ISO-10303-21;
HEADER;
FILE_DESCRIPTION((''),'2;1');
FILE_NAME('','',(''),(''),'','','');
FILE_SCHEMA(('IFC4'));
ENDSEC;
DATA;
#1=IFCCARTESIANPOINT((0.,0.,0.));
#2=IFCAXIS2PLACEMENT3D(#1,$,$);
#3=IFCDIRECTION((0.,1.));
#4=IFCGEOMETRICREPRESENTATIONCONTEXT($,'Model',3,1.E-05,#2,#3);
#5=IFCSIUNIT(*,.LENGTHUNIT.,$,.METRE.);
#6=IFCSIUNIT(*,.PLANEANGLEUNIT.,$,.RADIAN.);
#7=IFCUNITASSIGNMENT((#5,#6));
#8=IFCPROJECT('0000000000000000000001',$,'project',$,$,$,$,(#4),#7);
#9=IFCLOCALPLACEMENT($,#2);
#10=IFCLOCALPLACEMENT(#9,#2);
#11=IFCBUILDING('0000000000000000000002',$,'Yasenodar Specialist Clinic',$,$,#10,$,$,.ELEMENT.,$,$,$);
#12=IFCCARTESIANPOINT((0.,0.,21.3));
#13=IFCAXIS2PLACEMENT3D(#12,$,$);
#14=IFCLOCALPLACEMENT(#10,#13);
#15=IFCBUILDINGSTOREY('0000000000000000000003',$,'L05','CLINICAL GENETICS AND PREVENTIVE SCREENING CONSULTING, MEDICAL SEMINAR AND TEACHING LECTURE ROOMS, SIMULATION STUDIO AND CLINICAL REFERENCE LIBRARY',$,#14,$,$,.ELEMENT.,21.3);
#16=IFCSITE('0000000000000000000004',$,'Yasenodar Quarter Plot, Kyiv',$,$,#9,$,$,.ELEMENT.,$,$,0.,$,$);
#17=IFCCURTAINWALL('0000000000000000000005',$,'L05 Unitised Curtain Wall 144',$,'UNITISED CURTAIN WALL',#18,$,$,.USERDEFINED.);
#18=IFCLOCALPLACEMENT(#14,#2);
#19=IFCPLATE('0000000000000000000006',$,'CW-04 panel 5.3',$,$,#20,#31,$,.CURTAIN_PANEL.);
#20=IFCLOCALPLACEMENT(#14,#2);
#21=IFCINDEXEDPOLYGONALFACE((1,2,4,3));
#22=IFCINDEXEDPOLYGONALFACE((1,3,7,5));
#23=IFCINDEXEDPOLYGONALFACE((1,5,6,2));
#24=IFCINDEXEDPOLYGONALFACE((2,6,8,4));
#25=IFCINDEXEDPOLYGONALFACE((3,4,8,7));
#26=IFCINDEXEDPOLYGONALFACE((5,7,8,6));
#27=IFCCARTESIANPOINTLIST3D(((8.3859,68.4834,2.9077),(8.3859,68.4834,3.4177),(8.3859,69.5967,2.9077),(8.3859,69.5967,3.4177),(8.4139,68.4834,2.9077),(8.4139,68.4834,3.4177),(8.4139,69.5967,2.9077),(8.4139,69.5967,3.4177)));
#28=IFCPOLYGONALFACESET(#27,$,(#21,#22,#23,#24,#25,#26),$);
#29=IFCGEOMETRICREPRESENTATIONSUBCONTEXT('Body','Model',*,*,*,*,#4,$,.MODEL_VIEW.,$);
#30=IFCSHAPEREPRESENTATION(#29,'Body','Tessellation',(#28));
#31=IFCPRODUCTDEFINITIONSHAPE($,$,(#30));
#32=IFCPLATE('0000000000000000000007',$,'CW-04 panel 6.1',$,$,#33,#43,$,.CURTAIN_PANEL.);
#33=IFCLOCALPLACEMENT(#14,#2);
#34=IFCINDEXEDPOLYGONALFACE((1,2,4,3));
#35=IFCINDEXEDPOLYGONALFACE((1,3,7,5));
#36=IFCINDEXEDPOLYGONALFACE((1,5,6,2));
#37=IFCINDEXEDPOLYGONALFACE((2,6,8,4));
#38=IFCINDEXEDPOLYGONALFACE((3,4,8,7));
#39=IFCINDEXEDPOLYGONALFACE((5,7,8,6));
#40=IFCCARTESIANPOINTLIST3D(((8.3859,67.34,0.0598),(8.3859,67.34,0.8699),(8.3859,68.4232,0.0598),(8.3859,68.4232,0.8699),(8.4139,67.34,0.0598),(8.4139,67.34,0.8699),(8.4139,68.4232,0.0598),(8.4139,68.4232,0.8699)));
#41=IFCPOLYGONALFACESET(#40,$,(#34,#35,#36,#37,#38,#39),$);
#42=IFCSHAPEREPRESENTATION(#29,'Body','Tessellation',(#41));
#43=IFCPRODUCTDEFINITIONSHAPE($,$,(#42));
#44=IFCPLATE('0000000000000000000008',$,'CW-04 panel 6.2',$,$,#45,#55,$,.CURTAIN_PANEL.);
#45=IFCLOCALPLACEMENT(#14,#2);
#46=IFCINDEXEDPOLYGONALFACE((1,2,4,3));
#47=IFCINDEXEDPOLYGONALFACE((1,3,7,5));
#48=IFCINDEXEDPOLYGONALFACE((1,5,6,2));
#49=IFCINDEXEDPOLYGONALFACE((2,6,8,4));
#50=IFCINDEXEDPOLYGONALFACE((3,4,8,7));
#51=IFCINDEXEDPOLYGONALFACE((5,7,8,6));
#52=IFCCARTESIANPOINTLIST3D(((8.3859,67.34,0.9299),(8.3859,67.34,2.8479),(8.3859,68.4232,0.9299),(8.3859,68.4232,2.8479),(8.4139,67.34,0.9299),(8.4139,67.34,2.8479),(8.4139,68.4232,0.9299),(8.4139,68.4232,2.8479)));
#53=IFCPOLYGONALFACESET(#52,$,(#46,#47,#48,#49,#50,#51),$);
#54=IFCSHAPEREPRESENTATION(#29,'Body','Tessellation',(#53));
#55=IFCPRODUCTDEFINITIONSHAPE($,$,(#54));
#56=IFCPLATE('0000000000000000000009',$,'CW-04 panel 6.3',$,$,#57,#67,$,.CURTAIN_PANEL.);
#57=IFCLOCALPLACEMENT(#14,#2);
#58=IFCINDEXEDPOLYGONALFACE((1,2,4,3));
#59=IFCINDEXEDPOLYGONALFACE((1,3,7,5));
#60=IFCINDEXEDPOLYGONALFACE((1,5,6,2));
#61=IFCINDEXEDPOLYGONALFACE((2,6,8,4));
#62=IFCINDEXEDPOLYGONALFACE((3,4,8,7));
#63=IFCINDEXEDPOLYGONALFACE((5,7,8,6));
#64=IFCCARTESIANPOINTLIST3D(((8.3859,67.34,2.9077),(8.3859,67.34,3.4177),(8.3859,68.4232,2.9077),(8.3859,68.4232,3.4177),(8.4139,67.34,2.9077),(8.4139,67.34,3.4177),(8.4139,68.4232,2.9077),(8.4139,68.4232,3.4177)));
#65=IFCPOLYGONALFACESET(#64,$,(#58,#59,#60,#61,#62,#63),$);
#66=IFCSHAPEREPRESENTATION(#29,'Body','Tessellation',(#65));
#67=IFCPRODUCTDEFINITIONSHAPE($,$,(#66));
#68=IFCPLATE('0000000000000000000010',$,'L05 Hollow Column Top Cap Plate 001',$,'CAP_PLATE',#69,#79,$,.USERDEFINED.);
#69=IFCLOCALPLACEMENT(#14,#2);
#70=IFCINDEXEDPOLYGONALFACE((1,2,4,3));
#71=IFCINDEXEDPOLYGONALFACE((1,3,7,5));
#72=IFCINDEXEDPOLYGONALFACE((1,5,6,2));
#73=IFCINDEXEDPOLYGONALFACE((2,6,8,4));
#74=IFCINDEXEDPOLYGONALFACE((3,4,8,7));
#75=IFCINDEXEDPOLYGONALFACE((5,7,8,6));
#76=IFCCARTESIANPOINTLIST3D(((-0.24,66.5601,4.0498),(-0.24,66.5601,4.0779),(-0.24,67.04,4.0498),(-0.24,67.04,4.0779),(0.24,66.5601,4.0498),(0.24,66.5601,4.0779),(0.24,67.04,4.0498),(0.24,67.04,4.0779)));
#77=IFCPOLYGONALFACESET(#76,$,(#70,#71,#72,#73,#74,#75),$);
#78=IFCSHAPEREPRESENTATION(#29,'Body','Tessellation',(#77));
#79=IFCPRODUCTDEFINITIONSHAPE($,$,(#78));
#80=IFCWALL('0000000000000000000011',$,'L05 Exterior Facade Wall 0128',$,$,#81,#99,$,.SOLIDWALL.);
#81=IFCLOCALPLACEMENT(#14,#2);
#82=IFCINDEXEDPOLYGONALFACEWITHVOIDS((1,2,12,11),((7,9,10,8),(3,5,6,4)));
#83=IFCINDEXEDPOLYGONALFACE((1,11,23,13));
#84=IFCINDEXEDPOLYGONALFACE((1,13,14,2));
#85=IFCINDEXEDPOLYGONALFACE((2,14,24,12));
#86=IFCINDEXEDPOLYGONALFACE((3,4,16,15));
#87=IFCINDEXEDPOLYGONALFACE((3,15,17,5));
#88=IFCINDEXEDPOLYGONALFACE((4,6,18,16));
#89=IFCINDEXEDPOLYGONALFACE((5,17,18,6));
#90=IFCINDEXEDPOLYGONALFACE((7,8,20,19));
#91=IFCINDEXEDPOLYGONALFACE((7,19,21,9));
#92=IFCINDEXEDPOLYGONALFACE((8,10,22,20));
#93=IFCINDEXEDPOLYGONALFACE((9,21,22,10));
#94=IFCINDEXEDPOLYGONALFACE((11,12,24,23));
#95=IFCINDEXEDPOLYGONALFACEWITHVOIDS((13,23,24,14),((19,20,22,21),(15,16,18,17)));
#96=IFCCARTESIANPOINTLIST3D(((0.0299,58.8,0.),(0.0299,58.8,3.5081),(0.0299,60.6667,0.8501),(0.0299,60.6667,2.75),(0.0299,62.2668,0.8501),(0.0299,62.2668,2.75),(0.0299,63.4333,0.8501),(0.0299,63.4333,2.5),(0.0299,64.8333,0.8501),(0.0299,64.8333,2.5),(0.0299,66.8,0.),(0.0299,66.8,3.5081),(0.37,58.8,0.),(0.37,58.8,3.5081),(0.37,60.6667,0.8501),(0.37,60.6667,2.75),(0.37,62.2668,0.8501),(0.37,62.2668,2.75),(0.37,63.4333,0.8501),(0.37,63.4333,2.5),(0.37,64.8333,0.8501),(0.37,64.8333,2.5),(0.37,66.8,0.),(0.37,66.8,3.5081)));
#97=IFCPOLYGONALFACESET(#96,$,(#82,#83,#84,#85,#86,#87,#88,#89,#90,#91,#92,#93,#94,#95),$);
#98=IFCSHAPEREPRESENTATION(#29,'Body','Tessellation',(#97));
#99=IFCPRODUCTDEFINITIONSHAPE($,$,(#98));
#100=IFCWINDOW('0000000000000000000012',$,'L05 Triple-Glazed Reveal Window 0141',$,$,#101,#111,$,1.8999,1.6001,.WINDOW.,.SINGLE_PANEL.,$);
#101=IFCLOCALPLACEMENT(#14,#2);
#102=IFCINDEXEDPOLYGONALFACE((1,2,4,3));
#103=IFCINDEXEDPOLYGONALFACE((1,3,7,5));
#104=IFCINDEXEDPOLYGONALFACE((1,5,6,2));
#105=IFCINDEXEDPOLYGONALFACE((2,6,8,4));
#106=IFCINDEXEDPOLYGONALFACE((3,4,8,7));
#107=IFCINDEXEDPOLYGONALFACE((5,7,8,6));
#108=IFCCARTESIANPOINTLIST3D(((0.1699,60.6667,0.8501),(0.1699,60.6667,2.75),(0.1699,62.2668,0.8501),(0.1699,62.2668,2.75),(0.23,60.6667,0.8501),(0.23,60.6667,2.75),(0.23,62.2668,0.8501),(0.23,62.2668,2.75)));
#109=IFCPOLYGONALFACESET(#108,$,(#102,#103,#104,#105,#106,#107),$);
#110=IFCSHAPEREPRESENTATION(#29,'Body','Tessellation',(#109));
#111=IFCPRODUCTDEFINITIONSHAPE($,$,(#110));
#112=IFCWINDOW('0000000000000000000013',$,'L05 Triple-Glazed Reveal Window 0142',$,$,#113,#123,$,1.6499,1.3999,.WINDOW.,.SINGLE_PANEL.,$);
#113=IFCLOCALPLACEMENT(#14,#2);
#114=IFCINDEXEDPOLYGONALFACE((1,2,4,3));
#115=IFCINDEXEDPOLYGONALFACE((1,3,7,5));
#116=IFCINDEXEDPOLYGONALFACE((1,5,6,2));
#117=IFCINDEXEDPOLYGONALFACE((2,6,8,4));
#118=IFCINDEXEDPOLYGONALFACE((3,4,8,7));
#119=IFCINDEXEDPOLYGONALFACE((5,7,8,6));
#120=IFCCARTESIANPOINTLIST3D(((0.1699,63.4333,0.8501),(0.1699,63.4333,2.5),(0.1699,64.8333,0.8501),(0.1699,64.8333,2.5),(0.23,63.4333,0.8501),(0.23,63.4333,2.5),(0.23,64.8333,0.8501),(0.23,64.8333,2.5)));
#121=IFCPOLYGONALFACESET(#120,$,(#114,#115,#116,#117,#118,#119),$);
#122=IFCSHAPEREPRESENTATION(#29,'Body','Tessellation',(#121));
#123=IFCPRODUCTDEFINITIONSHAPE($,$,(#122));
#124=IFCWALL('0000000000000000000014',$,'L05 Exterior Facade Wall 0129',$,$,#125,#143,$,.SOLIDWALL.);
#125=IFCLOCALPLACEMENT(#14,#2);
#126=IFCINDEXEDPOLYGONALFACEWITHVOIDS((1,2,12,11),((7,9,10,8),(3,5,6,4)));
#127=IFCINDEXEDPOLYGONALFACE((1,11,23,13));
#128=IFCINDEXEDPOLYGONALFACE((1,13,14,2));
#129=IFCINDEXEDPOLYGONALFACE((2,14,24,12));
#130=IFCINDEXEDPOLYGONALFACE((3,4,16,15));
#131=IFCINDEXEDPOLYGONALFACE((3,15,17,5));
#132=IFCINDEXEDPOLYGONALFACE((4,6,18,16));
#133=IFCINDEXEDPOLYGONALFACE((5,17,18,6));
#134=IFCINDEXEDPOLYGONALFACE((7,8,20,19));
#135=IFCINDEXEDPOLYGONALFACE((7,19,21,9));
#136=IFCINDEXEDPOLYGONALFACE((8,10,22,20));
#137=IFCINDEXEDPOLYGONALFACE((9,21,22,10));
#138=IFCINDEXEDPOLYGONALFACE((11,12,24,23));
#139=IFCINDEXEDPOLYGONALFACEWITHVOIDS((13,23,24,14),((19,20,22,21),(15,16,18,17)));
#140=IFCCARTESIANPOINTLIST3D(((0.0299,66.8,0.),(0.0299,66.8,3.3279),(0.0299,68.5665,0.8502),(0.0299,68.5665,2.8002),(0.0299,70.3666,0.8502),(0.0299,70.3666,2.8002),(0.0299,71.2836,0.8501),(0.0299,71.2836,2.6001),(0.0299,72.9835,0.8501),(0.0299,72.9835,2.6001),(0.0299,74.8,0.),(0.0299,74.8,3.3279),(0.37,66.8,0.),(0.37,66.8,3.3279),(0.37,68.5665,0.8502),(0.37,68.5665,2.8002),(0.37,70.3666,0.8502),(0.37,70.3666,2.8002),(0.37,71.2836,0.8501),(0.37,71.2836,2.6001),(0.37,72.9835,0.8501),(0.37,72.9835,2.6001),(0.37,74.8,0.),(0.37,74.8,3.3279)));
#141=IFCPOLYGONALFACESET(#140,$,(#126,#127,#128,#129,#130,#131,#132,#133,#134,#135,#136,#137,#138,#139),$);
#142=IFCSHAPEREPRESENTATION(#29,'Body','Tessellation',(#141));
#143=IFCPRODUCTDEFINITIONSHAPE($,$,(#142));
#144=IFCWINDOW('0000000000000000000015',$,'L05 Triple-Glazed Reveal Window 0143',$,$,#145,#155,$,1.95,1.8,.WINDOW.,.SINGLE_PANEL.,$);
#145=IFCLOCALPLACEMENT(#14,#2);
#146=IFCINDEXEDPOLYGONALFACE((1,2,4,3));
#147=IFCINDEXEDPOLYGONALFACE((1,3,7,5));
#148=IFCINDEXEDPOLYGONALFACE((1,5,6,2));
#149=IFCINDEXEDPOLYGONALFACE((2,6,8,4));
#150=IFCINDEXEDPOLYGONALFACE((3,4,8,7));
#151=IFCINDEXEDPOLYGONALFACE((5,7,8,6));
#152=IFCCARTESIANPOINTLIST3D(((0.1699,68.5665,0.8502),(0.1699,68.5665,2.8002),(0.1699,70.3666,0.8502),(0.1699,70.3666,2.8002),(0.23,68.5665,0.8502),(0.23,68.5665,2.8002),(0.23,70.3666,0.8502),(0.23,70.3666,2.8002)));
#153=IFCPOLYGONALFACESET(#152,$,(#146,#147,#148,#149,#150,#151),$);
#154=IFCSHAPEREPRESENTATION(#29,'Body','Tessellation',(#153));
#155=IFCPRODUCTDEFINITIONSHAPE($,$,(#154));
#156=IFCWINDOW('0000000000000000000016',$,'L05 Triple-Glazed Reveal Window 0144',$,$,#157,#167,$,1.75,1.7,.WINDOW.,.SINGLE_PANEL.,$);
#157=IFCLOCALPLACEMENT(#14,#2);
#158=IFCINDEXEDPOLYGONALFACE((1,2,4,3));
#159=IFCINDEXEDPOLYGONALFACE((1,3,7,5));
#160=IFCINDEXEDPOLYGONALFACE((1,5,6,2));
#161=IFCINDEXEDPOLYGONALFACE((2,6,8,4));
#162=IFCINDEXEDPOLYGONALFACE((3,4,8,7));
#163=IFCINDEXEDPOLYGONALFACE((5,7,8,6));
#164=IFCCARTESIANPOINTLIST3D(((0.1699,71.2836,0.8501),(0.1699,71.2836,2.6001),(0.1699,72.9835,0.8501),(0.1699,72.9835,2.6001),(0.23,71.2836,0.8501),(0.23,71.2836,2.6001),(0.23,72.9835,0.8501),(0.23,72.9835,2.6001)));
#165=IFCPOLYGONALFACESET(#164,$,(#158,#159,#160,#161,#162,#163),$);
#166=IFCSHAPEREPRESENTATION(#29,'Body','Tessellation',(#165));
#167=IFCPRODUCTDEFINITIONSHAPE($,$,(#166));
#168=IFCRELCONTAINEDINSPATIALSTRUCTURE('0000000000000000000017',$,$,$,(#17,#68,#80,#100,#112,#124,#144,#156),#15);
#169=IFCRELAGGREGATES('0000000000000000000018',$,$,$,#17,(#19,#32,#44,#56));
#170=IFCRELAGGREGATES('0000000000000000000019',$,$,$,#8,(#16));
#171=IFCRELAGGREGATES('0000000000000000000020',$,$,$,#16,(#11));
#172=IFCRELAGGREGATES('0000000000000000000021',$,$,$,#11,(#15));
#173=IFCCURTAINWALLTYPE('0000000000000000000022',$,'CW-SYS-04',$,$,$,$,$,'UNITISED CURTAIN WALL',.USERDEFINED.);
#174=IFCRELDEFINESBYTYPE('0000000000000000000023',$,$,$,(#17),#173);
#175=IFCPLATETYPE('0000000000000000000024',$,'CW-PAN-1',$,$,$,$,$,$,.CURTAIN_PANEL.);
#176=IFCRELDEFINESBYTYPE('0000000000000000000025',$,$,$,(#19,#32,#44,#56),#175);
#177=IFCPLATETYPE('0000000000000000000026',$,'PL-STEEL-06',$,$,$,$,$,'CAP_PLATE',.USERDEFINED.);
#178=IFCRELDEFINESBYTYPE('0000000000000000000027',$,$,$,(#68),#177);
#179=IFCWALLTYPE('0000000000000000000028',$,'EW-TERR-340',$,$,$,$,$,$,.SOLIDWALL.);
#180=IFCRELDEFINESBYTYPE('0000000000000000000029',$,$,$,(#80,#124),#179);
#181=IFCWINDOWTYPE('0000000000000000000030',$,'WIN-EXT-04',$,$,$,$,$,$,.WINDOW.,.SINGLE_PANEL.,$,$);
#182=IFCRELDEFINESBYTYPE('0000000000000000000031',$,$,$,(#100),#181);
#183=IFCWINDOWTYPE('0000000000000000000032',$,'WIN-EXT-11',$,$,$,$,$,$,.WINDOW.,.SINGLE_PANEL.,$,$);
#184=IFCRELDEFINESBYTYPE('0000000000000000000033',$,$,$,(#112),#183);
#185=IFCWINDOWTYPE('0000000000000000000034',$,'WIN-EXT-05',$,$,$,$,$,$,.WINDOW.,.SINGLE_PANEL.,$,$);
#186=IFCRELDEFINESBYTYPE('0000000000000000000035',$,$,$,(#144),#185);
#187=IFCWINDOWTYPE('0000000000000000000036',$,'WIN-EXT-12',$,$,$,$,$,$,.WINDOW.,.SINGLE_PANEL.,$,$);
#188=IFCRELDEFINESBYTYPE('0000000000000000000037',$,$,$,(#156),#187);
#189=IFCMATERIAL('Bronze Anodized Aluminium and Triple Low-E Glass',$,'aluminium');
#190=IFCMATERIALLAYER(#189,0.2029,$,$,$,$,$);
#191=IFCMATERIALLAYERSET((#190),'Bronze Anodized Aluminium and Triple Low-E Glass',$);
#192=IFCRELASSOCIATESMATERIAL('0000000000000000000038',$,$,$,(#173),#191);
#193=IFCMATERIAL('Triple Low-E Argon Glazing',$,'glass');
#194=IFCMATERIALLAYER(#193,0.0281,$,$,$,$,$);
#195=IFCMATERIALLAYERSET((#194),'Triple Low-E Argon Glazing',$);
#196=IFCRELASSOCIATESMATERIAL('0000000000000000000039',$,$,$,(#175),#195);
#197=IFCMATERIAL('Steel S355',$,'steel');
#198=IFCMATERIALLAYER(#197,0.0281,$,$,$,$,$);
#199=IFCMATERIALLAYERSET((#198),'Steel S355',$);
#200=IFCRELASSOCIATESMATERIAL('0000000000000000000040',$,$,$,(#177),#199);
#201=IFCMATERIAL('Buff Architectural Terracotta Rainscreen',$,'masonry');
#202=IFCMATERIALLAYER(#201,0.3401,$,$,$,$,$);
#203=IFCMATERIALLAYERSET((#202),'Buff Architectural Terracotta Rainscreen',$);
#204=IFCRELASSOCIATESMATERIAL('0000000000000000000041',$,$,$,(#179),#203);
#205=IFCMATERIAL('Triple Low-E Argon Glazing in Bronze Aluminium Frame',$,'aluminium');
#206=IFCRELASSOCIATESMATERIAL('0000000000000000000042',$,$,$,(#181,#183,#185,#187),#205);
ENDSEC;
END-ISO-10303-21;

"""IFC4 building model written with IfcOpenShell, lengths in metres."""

from ifc_helpers import new_model, si_unit, direction, frame, frame_2d, origin, origin_2d, place, context, subcontext, project, spatial, rectangle, extrude, material, layer, layer_set, type_object, element, fill, aggregate, save


model = new_model("IFC4")

# Units and contexts
model_context = context("Model", 3, precision=1e-05, world=origin(), true_north=direction((0.0, 1.0)))
body_context = subcontext(model_context, "Body", "Model", "MODEL_VIEW")
ifc_project = project(units=[si_unit("LENGTHUNIT", "METRE"), si_unit("PLANEANGLEUNIT", "RADIAN")], contexts=[model_context])

# Site, building, storey
site_placement = place(None, origin())
site = spatial("IfcSite", under=ifc_project, at=site_placement, Name="Yasenodar Quarter Plot, Kyiv", CompositionType="ELEMENT", RefElevation=0.0)
building_placement = place(site_placement, origin())
building = spatial("IfcBuilding", under=site, at=building_placement, Name="Yasenodar Specialist Clinic", CompositionType="ELEMENT")
storey_placement = place(building_placement, frame((0.0, 0.0, 21.3)))
storey = spatial("IfcBuildingStorey", under=building, at=storey_placement, Name="L05", Description="CLINICAL GENETICS AND PREVENTIVE SCREENING CONSULTING, MEDICAL SEMINAR AND TEACHING LECTURE ROOMS, SIMULATION STUDIO AND CLINICAL REFERENCE LIBRARY", CompositionType="ELEMENT", Elevation=21.3)

# Shared definitions
ifc_material_1 = material(Name="Steel S355", Category="steel")

# Curtain wall
ifc_material_2 = material(Name="Bronze Anodized Aluminium and Triple Low-E Glass", Category="aluminium")
ifc_layer_1 = layer(ifc_material_2, 0.2029)
ifc_layer_set_1 = layer_set([ifc_layer_1], Name="Bronze Anodized Aluminium and Triple Low-E Glass")
curtain_wall_type = type_object("IfcCurtainWallType", Name="CW-SYS-04", ElementType="UNITISED CURTAIN WALL", PredefinedType="USERDEFINED", material=ifc_layer_set_1)
curtain_wall_placement = place(storey_placement, origin())
curtain_wall = element("IfcCurtainWall", 1, at=curtain_wall_placement, inside=storey, type_object=curtain_wall_type, Name="L05 Unitised Curtain Wall 144", ObjectType="UNITISED CURTAIN WALL", PredefinedType="USERDEFINED")

# Plates
ifc_material_3 = material(Name="Triple Low-E Argon Glazing", Category="glass")
ifc_layer_2 = layer(ifc_material_3, 0.0281)
ifc_layer_set_2 = layer_set([ifc_layer_2], Name="Triple Low-E Argon Glazing")
plate_type_1 = type_object("IfcPlateType", Name="CW-PAN-1", PredefinedType="CURTAIN_PANEL", material=ifc_layer_set_2)
plate_1_placement = place(storey_placement, frame((8.3999, 69.04, 2.9077), z_axis=(0.0, 0.0, 1.0), x_axis=(0.0, -1.0, 0.0)))
plate_1 = element("IfcPlate", 2, at=plate_1_placement, type_object=plate_type_1, Name="CW-04 panel 5.3", PredefinedType="CURTAIN_PANEL", context=body_context, shape_type="SweptSolid", body=[
    extrude(rectangle(XDim=1.1133, YDim=0.0281, at=origin_2d()), origin(), (0.0, 0.0, 1.0), 0.51),
])
plate_2_placement = place(storey_placement, frame((8.3999, 67.8816, 0.0598), z_axis=(0.0, 0.0, 1.0), x_axis=(0.0, -1.0, 0.0)))
plate_2 = element("IfcPlate", 3, at=plate_2_placement, type_object=plate_type_1, Name="CW-04 panel 6.1", PredefinedType="CURTAIN_PANEL", context=body_context, shape_type="SweptSolid", body=[
    extrude(rectangle(XDim=1.0833, YDim=0.0281, at=origin_2d()), origin(), (0.0, 0.0, 1.0), 0.8101),
])
plate_3_placement = place(storey_placement, frame((8.3999, 67.8816, 0.9299), z_axis=(0.0, 0.0, 1.0), x_axis=(0.0, -1.0, 0.0)))
plate_3 = element("IfcPlate", 4, at=plate_3_placement, type_object=plate_type_1, Name="CW-04 panel 6.2", PredefinedType="CURTAIN_PANEL", context=body_context, shape_type="SweptSolid", body=[
    extrude(rectangle(XDim=1.0833, YDim=0.0281, at=origin_2d()), origin(), (0.0, 0.0, 1.0), 1.918),
])
plate_4_placement = place(storey_placement, frame((8.3999, 67.8816, 2.9077), z_axis=(0.0, 0.0, 1.0), x_axis=(0.0, -1.0, 0.0)))
plate_4 = element("IfcPlate", 5, at=plate_4_placement, type_object=plate_type_1, Name="CW-04 panel 6.3", PredefinedType="CURTAIN_PANEL", context=body_context, shape_type="SweptSolid", body=[
    extrude(rectangle(XDim=1.0833, YDim=0.0281, at=origin_2d()), origin(), (0.0, 0.0, 1.0), 0.51),
])
aggregate(curtain_wall, [plate_1, plate_2, plate_3, plate_4])
ifc_layer_3 = layer(ifc_material_1, 0.0281)
ifc_layer_set_3 = layer_set([ifc_layer_3], Name="Steel S355")
plate_type_2 = type_object("IfcPlateType", Name="PL-STEEL-06", ElementType="CAP_PLATE", PredefinedType="USERDEFINED", material=ifc_layer_set_3)
plate_5_placement = place(storey_placement, frame((0.0, 66.8, 4.0498), z_axis=(0.0, 0.0, 1.0), x_axis=(1.0, 0.0, 0.0)))
element("IfcPlate", 6, at=plate_5_placement, inside=storey, type_object=plate_type_2, Name="L05 Hollow Column Top Cap Plate 001", ObjectType="CAP_PLATE", PredefinedType="USERDEFINED", context=body_context, shape_type="SweptSolid", body=[
    extrude(rectangle(XDim=0.48, YDim=0.48, at=origin_2d()), origin(), (0.0, 0.0, 1.0), 0.0281),
])

# Walls, openings, windows
ifc_material_4 = material(Name="Buff Architectural Terracotta Rainscreen", Category="masonry")
ifc_layer_4 = layer(ifc_material_4, 0.3401)
ifc_layer_set_4 = layer_set([ifc_layer_4], Name="Buff Architectural Terracotta Rainscreen")
wall_type = type_object("IfcWallType", Name="EW-TERR-340", PredefinedType="SOLIDWALL", material=ifc_layer_set_4)
wall_1_placement = place(storey_placement, frame((0.2, 58.8, 0.0), z_axis=(0.0, 0.0, 1.0), x_axis=(0.0, 1.0, 0.0)))
wall_1 = element("IfcWall", 7, at=wall_1_placement, inside=storey, type_object=wall_type, Name="L05 Exterior Facade Wall 0128", PredefinedType="SOLIDWALL", context=body_context, shape_type="SweptSolid", body=[
    extrude(rectangle(XDim=8.0, YDim=0.3401, at=frame_2d((4.0, 0.0))), origin(), (0.0, 0.0, 1.0), 3.5081),
])
opening_1_placement = place(wall_1_placement, frame((1.8667, 0.0, 0.8501)))
opening_1 = element("IfcOpeningElement", 8, at=opening_1_placement, cuts=wall_1, PredefinedType="OPENING", context=body_context, shape_type="SweptSolid", body=[
    extrude(rectangle(XDim=1.6001, YDim=1.8999, at=frame_2d((0.8, 0.95))), frame((0.0, 0.1802, 0.0), z_axis=(0.0, -1.0, 0.0), x_axis=(1.0, 0.0, 0.0)), (0.0, 0.0, 1.0), 0.3601),
])
opening_2_placement = place(wall_1_placement, frame((4.6333, 0.0, 0.8501)))
opening_2 = element("IfcOpeningElement", 9, at=opening_2_placement, cuts=wall_1, PredefinedType="OPENING", context=body_context, shape_type="SweptSolid", body=[
    extrude(rectangle(XDim=1.3999, YDim=1.6499, at=frame_2d((0.7, 0.825))), frame((0.0, 0.1802, 0.0), z_axis=(0.0, -1.0, 0.0), x_axis=(1.0, 0.0, 0.0)), (0.0, 0.0, 1.0), 0.3601),
])
ifc_material_5 = material(Name="Triple Low-E Argon Glazing in Bronze Aluminium Frame", Category="aluminium")
window_type_1 = type_object("IfcWindowType", Name="WIN-EXT-04", PartitioningType="SINGLE_PANEL", PredefinedType="WINDOW", material=ifc_material_5)
window_1_placement = place(opening_1_placement, origin())
window_1 = element("IfcWindow", 10, at=window_1_placement, inside=storey, type_object=window_type_1, Name="L05 Triple-Glazed Reveal Window 0141", OverallHeight=1.8999, OverallWidth=1.6001, PartitioningType="SINGLE_PANEL", PredefinedType="WINDOW", context=body_context, shape_type="SweptSolid", body=[
    extrude(rectangle(XDim=1.6001, YDim=1.8999, at=frame_2d((0.8, 0.95))), frame((0.0, 0.03, 0.0), z_axis=(0.0, -1.0, 0.0), x_axis=(1.0, 0.0, 0.0)), (0.0, 0.0, 1.0), 0.0601),
])
fill(opening_1, window_1)
window_type_2 = type_object("IfcWindowType", Name="WIN-EXT-11", PartitioningType="SINGLE_PANEL", PredefinedType="WINDOW", material=ifc_material_5)
window_2_placement = place(opening_2_placement, origin())
window_2 = element("IfcWindow", 11, at=window_2_placement, inside=storey, type_object=window_type_2, Name="L05 Triple-Glazed Reveal Window 0142", OverallHeight=1.6499, OverallWidth=1.3999, PartitioningType="SINGLE_PANEL", PredefinedType="WINDOW", context=body_context, shape_type="SweptSolid", body=[
    extrude(rectangle(XDim=1.3999, YDim=1.6499, at=frame_2d((0.7, 0.825))), frame((0.0, 0.03, 0.0), z_axis=(0.0, -1.0, 0.0), x_axis=(1.0, 0.0, 0.0)), (0.0, 0.0, 1.0), 0.0601),
])
fill(opening_2, window_2)
wall_2_placement = place(storey_placement, frame((0.2, 66.8, 0.0), z_axis=(0.0, 0.0, 1.0), x_axis=(0.0, 1.0, 0.0)))
wall_2 = element("IfcWall", 12, at=wall_2_placement, inside=storey, type_object=wall_type, Name="L05 Exterior Facade Wall 0129", PredefinedType="SOLIDWALL", context=body_context, shape_type="SweptSolid", body=[
    extrude(rectangle(XDim=8.0, YDim=0.3401, at=frame_2d((4.0, 0.0))), origin(), (0.0, 0.0, 1.0), 3.3279),
])
opening_3_placement = place(wall_2_placement, frame((1.7666, 0.0, 0.8501)))
opening_3 = element("IfcOpeningElement", 13, at=opening_3_placement, cuts=wall_2, PredefinedType="OPENING", context=body_context, shape_type="SweptSolid", body=[
    extrude(rectangle(XDim=1.8, YDim=1.95, at=frame_2d((0.8999, 0.9751))), frame((0.0, 0.1802, 0.0), z_axis=(0.0, -1.0, 0.0), x_axis=(1.0, 0.0, 0.0)), (0.0, 0.0, 1.0), 0.3601),
])
opening_4_placement = place(wall_2_placement, frame((4.4834, 0.0, 0.8501)))
opening_4 = element("IfcOpeningElement", 14, at=opening_4_placement, cuts=wall_2, PredefinedType="OPENING", context=body_context, shape_type="SweptSolid", body=[
    extrude(rectangle(XDim=1.7, YDim=1.75, at=frame_2d((0.8501, 0.875))), frame((0.0, 0.1802, 0.0), z_axis=(0.0, -1.0, 0.0), x_axis=(1.0, 0.0, 0.0)), (0.0, 0.0, 1.0), 0.3601),
])
window_type_3 = type_object("IfcWindowType", Name="WIN-EXT-05", PartitioningType="SINGLE_PANEL", PredefinedType="WINDOW", material=ifc_material_5)
window_3_placement = place(opening_3_placement, origin())
window_3 = element("IfcWindow", 15, at=window_3_placement, inside=storey, type_object=window_type_3, Name="L05 Triple-Glazed Reveal Window 0143", OverallHeight=1.95, OverallWidth=1.8, PartitioningType="SINGLE_PANEL", PredefinedType="WINDOW", context=body_context, shape_type="SweptSolid", body=[
    extrude(rectangle(XDim=1.8, YDim=1.95, at=frame_2d((0.8999, 0.9751))), frame((0.0, 0.03, 0.0), z_axis=(0.0, -1.0, 0.0), x_axis=(1.0, 0.0, 0.0)), (0.0, 0.0, 1.0), 0.0601),
])
fill(opening_3, window_3)
window_type_4 = type_object("IfcWindowType", Name="WIN-EXT-12", PartitioningType="SINGLE_PANEL", PredefinedType="WINDOW", material=ifc_material_5)
window_4_placement = place(opening_4_placement, origin())
window_4 = element("IfcWindow", 16, at=window_4_placement, inside=storey, type_object=window_type_4, Name="L05 Triple-Glazed Reveal Window 0144", OverallHeight=1.75, OverallWidth=1.7, PartitioningType="SINGLE_PANEL", PredefinedType="WINDOW", context=body_context, shape_type="SweptSolid", body=[
    extrude(rectangle(XDim=1.7, YDim=1.75, at=frame_2d((0.8501, 0.875))), frame((0.0, 0.03, 0.0), z_axis=(0.0, -1.0, 0.0), x_axis=(1.0, 0.0, 0.0)), (0.0, 0.0, 1.0), 0.0601),
])
fill(opening_4, window_4)

save(model, "model.ifc")
